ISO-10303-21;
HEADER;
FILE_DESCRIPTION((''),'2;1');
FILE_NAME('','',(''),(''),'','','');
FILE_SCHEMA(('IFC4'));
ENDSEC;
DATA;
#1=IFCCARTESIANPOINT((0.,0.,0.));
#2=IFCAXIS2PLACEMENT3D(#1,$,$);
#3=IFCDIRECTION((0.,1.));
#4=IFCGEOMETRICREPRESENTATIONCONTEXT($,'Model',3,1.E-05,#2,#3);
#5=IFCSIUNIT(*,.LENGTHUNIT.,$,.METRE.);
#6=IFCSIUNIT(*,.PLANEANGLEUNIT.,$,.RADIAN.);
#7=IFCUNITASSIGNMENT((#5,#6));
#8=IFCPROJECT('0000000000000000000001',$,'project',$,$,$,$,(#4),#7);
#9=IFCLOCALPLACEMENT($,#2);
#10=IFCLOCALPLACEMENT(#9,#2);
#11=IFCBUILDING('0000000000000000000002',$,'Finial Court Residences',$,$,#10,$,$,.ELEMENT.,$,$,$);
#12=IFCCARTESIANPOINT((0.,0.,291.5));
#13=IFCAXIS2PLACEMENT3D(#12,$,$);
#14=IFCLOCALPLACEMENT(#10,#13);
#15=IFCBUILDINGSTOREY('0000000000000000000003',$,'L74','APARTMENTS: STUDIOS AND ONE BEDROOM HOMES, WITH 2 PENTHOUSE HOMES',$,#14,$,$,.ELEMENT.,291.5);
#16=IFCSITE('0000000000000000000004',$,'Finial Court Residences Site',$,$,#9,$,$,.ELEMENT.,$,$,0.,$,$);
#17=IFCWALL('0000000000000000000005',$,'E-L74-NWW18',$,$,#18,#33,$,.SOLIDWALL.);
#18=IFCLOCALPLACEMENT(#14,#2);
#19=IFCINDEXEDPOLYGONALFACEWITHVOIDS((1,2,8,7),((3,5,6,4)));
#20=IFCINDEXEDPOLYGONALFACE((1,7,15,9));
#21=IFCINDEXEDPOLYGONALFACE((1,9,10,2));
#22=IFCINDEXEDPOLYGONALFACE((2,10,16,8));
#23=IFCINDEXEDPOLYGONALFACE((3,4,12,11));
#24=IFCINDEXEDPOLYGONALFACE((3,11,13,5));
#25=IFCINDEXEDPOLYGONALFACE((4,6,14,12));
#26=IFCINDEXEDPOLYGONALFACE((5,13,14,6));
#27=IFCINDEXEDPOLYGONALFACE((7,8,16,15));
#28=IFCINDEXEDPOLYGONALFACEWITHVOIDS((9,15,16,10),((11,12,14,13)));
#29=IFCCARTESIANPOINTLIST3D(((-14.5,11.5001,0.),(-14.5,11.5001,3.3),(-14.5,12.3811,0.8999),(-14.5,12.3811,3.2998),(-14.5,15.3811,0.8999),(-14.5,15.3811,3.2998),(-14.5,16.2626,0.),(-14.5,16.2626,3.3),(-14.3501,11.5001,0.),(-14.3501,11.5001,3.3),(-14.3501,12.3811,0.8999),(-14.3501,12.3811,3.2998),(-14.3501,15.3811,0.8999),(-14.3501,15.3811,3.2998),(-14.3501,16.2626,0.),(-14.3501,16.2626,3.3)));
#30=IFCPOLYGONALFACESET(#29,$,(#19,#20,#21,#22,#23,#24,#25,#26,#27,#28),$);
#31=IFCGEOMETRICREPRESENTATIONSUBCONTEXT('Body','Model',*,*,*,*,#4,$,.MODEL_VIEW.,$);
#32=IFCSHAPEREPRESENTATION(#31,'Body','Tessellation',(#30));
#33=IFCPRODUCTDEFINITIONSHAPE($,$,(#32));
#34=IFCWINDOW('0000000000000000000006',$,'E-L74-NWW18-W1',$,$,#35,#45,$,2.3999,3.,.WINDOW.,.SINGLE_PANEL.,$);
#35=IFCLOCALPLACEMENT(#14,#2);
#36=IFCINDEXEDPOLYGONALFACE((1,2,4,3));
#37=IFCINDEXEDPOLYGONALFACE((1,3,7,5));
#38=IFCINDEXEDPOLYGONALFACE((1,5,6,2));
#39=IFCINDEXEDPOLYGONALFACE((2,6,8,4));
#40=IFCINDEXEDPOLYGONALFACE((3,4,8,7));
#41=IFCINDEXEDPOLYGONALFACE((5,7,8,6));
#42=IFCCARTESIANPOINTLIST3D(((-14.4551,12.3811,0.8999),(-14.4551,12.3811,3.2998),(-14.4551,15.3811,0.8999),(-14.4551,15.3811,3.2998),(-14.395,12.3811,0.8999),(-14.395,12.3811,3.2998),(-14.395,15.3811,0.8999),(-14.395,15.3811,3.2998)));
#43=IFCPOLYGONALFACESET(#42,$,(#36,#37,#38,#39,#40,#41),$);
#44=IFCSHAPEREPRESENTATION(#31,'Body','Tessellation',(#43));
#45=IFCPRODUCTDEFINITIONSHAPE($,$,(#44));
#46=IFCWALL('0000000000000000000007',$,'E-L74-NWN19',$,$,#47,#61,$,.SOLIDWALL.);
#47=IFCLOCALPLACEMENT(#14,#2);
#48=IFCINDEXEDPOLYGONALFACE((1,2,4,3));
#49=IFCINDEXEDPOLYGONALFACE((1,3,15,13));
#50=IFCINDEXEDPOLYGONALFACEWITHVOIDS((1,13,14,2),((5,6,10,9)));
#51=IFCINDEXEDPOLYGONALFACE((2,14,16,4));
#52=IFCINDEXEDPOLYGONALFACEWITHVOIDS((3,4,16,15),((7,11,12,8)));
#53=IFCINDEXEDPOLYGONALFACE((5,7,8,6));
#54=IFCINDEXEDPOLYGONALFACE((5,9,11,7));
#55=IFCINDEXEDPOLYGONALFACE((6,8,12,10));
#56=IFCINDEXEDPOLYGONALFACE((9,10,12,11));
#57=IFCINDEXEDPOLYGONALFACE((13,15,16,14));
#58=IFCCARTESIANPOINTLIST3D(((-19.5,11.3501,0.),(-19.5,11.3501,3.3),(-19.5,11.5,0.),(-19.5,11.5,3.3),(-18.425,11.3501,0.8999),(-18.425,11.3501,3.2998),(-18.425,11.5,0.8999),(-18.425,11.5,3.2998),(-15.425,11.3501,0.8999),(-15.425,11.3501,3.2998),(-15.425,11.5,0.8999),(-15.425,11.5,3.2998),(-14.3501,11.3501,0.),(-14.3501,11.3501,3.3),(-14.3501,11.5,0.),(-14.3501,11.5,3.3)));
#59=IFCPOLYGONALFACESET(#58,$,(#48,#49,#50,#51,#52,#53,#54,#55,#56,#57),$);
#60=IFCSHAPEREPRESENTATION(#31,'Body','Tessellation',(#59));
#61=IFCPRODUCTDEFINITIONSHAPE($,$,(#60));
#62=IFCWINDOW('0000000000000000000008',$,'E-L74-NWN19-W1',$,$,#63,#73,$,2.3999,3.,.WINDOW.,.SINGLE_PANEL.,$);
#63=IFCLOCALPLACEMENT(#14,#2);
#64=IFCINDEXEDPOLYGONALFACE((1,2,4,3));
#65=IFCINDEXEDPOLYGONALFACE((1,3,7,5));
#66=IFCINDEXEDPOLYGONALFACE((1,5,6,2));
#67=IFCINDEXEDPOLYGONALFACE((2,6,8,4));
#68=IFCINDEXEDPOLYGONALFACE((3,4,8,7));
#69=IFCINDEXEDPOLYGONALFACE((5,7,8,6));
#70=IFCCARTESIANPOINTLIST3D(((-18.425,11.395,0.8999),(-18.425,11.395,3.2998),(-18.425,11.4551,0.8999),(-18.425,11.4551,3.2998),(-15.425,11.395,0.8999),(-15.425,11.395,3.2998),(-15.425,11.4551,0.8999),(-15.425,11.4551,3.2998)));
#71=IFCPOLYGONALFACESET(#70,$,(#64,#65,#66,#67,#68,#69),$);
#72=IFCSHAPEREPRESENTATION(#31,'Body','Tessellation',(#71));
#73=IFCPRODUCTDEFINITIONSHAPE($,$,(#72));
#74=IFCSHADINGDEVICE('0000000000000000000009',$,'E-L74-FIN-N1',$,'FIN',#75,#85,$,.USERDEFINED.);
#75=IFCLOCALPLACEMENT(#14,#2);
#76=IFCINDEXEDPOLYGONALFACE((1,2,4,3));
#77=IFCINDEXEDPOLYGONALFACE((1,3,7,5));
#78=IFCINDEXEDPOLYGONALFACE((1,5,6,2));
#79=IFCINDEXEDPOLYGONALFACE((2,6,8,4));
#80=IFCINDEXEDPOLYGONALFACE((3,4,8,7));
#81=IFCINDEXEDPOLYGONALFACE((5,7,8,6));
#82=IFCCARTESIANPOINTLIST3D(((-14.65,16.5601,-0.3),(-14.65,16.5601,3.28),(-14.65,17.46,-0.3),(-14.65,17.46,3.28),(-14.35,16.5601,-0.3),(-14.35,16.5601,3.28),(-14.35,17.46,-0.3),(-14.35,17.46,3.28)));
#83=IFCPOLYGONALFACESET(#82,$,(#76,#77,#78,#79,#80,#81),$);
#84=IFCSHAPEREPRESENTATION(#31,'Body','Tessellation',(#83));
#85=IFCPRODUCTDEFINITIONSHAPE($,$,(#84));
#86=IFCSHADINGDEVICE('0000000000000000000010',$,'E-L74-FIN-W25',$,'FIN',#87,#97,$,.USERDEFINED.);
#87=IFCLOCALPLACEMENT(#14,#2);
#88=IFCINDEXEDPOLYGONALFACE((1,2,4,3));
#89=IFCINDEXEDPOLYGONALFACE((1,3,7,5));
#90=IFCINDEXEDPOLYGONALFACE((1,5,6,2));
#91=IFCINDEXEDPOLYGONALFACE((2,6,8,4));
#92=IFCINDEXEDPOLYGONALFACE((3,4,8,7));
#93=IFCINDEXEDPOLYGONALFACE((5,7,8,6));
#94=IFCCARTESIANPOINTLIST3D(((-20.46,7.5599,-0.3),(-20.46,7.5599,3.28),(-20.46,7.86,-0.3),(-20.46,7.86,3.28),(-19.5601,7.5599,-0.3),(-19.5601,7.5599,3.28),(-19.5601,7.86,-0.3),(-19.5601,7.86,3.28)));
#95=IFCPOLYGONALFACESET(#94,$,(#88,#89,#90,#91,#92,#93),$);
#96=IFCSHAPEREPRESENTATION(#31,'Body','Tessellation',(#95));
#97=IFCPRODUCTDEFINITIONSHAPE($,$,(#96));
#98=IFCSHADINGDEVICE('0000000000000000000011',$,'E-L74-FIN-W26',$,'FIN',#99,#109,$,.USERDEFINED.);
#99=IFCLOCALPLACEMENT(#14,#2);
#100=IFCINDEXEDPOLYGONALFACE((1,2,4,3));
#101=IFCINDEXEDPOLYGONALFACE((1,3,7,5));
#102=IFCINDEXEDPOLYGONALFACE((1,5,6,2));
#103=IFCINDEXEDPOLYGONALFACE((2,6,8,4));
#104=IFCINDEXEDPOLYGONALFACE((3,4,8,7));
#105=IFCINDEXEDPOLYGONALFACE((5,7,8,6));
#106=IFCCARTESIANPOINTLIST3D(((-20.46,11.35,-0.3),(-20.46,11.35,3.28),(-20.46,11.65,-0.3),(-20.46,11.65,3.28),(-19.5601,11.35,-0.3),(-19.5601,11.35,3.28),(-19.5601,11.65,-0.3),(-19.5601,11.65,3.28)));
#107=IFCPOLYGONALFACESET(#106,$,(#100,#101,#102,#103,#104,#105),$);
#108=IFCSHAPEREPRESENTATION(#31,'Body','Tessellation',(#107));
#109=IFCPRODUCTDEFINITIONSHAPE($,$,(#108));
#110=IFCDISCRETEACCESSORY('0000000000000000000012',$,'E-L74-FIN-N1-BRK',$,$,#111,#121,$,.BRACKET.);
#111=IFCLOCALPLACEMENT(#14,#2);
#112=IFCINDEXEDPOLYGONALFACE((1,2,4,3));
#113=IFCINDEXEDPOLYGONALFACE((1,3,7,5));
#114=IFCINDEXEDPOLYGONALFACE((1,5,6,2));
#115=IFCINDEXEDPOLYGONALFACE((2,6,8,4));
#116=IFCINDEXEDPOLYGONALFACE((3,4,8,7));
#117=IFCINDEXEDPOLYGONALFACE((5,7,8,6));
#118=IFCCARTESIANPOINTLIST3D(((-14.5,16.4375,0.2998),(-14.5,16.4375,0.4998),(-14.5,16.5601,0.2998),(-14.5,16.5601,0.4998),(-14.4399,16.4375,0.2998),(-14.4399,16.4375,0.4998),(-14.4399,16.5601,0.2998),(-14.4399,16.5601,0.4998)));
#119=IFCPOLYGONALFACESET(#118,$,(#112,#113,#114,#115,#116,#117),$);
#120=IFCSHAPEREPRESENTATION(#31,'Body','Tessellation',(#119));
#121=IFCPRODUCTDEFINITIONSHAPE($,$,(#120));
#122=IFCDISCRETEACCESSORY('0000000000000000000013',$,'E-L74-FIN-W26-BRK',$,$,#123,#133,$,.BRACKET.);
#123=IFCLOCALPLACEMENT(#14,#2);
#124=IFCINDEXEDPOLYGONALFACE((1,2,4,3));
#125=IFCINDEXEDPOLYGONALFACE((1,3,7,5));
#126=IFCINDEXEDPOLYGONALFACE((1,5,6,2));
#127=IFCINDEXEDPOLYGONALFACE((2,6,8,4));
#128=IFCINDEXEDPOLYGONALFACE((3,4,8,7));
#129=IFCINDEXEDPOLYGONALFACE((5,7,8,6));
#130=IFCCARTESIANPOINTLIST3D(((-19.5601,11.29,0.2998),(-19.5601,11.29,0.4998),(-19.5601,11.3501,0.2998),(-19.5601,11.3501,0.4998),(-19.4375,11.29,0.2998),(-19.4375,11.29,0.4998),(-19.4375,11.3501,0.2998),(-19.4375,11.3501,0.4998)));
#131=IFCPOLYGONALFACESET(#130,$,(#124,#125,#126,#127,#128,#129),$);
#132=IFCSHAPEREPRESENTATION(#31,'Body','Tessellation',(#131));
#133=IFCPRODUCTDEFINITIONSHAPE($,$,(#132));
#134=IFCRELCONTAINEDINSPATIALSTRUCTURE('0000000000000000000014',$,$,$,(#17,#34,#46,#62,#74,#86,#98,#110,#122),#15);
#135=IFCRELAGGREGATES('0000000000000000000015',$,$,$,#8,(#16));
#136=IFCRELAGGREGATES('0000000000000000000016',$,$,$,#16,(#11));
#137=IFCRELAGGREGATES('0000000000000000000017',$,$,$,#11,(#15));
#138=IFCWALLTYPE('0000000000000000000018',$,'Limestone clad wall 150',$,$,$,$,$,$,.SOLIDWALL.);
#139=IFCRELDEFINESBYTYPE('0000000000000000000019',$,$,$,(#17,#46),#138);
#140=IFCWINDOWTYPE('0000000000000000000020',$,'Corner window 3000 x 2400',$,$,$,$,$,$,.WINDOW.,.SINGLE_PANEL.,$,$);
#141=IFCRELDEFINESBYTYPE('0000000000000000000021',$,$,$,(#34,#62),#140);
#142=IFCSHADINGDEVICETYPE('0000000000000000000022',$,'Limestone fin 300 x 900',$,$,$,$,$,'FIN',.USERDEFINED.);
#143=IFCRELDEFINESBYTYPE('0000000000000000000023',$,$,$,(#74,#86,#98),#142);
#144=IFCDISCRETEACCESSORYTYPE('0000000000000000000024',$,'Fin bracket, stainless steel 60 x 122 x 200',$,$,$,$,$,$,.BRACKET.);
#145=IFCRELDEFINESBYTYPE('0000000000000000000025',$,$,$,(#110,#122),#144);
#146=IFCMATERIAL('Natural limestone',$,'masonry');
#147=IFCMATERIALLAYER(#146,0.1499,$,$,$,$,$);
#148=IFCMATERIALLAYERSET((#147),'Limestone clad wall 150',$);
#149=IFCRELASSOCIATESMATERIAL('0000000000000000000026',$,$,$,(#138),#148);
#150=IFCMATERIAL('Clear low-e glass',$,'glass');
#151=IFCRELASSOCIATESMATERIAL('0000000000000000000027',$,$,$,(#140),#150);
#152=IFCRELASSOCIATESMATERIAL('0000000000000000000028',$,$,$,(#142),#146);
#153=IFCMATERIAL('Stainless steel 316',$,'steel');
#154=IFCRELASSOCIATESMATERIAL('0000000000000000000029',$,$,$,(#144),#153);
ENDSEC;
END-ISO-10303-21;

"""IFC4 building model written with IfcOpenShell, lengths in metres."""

from ifc_helpers import new_model, si_unit, direction, frame, frame_2d, origin, origin_2d, place, context, subcontext, project, spatial, rectangle, extrude, material, layer, layer_set, type_object, element, fill, save


model = new_model("IFC4")

# Units and contexts
model_context = context("Model", 3, precision=1e-05, world=origin(), true_north=direction((0.0, 1.0)))
body_context = subcontext(model_context, "Body", "Model", "MODEL_VIEW")
ifc_project = project(units=[si_unit("LENGTHUNIT", "METRE"), si_unit("PLANEANGLEUNIT", "RADIAN")], contexts=[model_context])

# Site, building, storey
site_placement = place(None, origin())
site = spatial("IfcSite", under=ifc_project, at=site_placement, Name="Finial Court Residences Site", CompositionType="ELEMENT", RefElevation=0.0)
building_placement = place(site_placement, origin())
building = spatial("IfcBuilding", under=site, at=building_placement, Name="Finial Court Residences", CompositionType="ELEMENT")
storey_placement = place(building_placement, frame((0.0, 0.0, 291.5)))
storey = spatial("IfcBuildingStorey", under=building, at=storey_placement, Name="L74", Description="APARTMENTS: STUDIOS AND ONE BEDROOM HOMES, WITH 2 PENTHOUSE HOMES", CompositionType="ELEMENT", Elevation=291.5)

# Shared definitions
ifc_material_1 = material(Name="Clear low-e glass", Category="glass")

# Walls, openings, windows
ifc_material_2 = material(Name="Natural limestone", Category="masonry")
ifc_layer_1 = layer(ifc_material_2, 0.1499)
ifc_layer_set_1 = layer_set([ifc_layer_1], Name="Limestone clad wall 150")
wall_type_1 = type_object("IfcWallType", Name="Limestone clad wall 150", PredefinedType="SOLIDWALL", material=ifc_layer_set_1)
wall_1_placement = place(storey_placement, frame((-14.425, 11.5, 0.0), z_axis=(0.0, 0.0, 1.0), x_axis=(0.0, 1.0, 0.0)))
wall_1 = element("IfcWall", 1, at=wall_1_placement, inside=storey, type_object=wall_type_1, Name="E-L74-NWW18", PredefinedType="SOLIDWALL", context=body_context, shape_type="SweptSolid", body=[
    extrude(rectangle(XDim=4.7625, YDim=0.1499, at=frame_2d((2.3813, 0.0))), origin(), (0.0, 0.0, 1.0), 3.3),
])
opening_1_placement = place(wall_1_placement, frame((0.8811, 0.0, 0.8999)))
opening_1 = element("IfcOpeningElement", 2, at=opening_1_placement, cuts=wall_1, PredefinedType="OPENING", context=body_context, shape_type="SweptSolid", body=[
    extrude(rectangle(XDim=3.0, YDim=2.3999, at=frame_2d((1.5, 1.2))), frame((0.0, 0.085, 0.0), z_axis=(0.0, -1.0, 0.0), x_axis=(1.0, 0.0, 0.0)), (0.0, 0.0, 1.0), 0.1699),
])
window_type = type_object("IfcWindowType", Name="Corner window 3000 x 2400", PartitioningType="SINGLE_PANEL", PredefinedType="WINDOW", material=ifc_material_1)
window_1_placement = place(opening_1_placement, origin())
window_1 = element("IfcWindow", 3, at=window_1_placement, inside=storey, type_object=window_type, Name="E-L74-NWW18-W1", OverallHeight=2.3999, OverallWidth=3.0, PartitioningType="SINGLE_PANEL", PredefinedType="WINDOW", context=body_context, shape_type="SweptSolid", body=[
    extrude(rectangle(XDim=3.0, YDim=2.3999, at=frame_2d((1.5, 1.2))), frame((0.0, 0.03, 0.0), z_axis=(0.0, -1.0, 0.0), x_axis=(1.0, 0.0, 0.0)), (0.0, 0.0, 1.0), 0.0601),
])
fill(opening_1, window_1)
wall_2_placement = place(storey_placement, frame((-19.5, 11.425, 0.0), z_axis=(0.0, 0.0, 1.0), x_axis=(1.0, 0.0, 0.0)))
wall_2 = element("IfcWall", 4, at=wall_2_placement, inside=storey, type_object=wall_type_1, Name="E-L74-NWN19", PredefinedType="SOLIDWALL", context=body_context, shape_type="SweptSolid", body=[
    extrude(rectangle(XDim=5.1499, YDim=0.1499, at=frame_2d((2.575, 0.0))), origin(), (0.0, 0.0, 1.0), 3.3),
])
opening_2_placement = place(wall_2_placement, frame((1.075, 0.0, 0.8999)))
opening_2 = element("IfcOpeningElement", 5, at=opening_2_placement, cuts=wall_2, PredefinedType="OPENING", context=body_context, shape_type="SweptSolid", body=[
    extrude(rectangle(XDim=3.0, YDim=2.3999, at=frame_2d((1.5, 1.2))), frame((0.0, 0.085, 0.0), z_axis=(0.0, -1.0, 0.0), x_axis=(1.0, 0.0, 0.0)), (0.0, 0.0, 1.0), 0.1699),
])
window_2_placement = place(opening_2_placement, origin())
window_2 = element("IfcWindow", 6, at=window_2_placement, inside=storey, type_object=window_type, Name="E-L74-NWN19-W1", OverallHeight=2.3999, OverallWidth=3.0, PartitioningType="SINGLE_PANEL", PredefinedType="WINDOW", context=body_context, shape_type="SweptSolid", body=[
    extrude(rectangle(XDim=3.0, YDim=2.3999, at=frame_2d((1.5, 1.2))), frame((0.0, 0.03, 0.0), z_axis=(0.0, -1.0, 0.0), x_axis=(1.0, 0.0, 0.0)), (0.0, 0.0, 1.0), 0.0601),
])
fill(opening_2, window_2)

# Shading devices
shading_device_type = type_object("IfcShadingDeviceType", Name="Limestone fin 300 x 900", ElementType="FIN", PredefinedType="USERDEFINED", material=ifc_material_2)
shading_device_placement = place(storey_placement, frame((-14.5, 17.01, -0.3), z_axis=(0.0, 0.0, 1.0), x_axis=(1.0, 0.0, 0.0)))
element("IfcShadingDevice", 7, at=shading_device_placement, inside=storey, type_object=shading_device_type, Name="E-L74-FIN-N1", ObjectType="FIN", PredefinedType="USERDEFINED", context=body_context, shape_type="SweptSolid", body=[
    extrude(rectangle(XDim=0.3, YDim=0.8999, at=origin_2d()), origin(), (0.0, 0.0, 1.0), 3.5801),
])
for number, where, z_axis, x_axis, name in (
    (8, (-20.01, 7.71, -0.3), (0.0, 0.0, 1.0), (1.0, 0.0, 0.0), "E-L74-FIN-W25"),
    (9, (-20.01, 11.5, -0.3), (0.0, 0.0, 1.0), (1.0, 0.0, 0.0), "E-L74-FIN-W26"),
):
    element("IfcShadingDevice", number, at=place(storey_placement, frame(where, z_axis=z_axis, x_axis=x_axis)), inside=storey, type_object=shading_device_type, Name=name, ObjectType="FIN", PredefinedType="USERDEFINED", context=body_context, shape_type="SweptSolid", body=[
        extrude(rectangle(XDim=0.8999, YDim=0.3, at=origin_2d()), origin(), (0.0, 0.0, 1.0), 3.5801),
    ])

# Discrete accessories
ifc_material_3 = material(Name="Stainless steel 316", Category="steel")
discrete_accessory_type = type_object("IfcDiscreteAccessoryType", Name="Fin bracket, stainless steel 60 x 122 x 200", PredefinedType="BRACKET", material=ifc_material_3)
discrete_accessory_1_placement = place(storey_placement, frame((-14.47, 16.4988, 0.2998), z_axis=(0.0, 0.0, 1.0), x_axis=(1.0, 0.0, 0.0)))
element("IfcDiscreteAccessory", 10, at=discrete_accessory_1_placement, inside=storey, type_object=discrete_accessory_type, Name="E-L74-FIN-N1-BRK", PredefinedType="BRACKET", context=body_context, shape_type="SweptSolid", body=[
    extrude(rectangle(XDim=0.0601, YDim=0.1226, at=origin_2d()), origin(), (0.0, 0.0, 1.0), 0.2),
])
discrete_accessory_2_placement = place(storey_placement, frame((-19.4988, 11.3201, 0.2998), z_axis=(0.0, 0.0, 1.0), x_axis=(1.0, 0.0, 0.0)))
element("IfcDiscreteAccessory", 11, at=discrete_accessory_2_placement, inside=storey, type_object=discrete_accessory_type, Name="E-L74-FIN-W26-BRK", PredefinedType="BRACKET", context=body_context, shape_type="SweptSolid", body=[
    extrude(rectangle(XDim=0.1226, YDim=0.0601, at=origin_2d()), origin(), (0.0, 0.0, 1.0), 0.2),
])

save(model, "model.ifc")
